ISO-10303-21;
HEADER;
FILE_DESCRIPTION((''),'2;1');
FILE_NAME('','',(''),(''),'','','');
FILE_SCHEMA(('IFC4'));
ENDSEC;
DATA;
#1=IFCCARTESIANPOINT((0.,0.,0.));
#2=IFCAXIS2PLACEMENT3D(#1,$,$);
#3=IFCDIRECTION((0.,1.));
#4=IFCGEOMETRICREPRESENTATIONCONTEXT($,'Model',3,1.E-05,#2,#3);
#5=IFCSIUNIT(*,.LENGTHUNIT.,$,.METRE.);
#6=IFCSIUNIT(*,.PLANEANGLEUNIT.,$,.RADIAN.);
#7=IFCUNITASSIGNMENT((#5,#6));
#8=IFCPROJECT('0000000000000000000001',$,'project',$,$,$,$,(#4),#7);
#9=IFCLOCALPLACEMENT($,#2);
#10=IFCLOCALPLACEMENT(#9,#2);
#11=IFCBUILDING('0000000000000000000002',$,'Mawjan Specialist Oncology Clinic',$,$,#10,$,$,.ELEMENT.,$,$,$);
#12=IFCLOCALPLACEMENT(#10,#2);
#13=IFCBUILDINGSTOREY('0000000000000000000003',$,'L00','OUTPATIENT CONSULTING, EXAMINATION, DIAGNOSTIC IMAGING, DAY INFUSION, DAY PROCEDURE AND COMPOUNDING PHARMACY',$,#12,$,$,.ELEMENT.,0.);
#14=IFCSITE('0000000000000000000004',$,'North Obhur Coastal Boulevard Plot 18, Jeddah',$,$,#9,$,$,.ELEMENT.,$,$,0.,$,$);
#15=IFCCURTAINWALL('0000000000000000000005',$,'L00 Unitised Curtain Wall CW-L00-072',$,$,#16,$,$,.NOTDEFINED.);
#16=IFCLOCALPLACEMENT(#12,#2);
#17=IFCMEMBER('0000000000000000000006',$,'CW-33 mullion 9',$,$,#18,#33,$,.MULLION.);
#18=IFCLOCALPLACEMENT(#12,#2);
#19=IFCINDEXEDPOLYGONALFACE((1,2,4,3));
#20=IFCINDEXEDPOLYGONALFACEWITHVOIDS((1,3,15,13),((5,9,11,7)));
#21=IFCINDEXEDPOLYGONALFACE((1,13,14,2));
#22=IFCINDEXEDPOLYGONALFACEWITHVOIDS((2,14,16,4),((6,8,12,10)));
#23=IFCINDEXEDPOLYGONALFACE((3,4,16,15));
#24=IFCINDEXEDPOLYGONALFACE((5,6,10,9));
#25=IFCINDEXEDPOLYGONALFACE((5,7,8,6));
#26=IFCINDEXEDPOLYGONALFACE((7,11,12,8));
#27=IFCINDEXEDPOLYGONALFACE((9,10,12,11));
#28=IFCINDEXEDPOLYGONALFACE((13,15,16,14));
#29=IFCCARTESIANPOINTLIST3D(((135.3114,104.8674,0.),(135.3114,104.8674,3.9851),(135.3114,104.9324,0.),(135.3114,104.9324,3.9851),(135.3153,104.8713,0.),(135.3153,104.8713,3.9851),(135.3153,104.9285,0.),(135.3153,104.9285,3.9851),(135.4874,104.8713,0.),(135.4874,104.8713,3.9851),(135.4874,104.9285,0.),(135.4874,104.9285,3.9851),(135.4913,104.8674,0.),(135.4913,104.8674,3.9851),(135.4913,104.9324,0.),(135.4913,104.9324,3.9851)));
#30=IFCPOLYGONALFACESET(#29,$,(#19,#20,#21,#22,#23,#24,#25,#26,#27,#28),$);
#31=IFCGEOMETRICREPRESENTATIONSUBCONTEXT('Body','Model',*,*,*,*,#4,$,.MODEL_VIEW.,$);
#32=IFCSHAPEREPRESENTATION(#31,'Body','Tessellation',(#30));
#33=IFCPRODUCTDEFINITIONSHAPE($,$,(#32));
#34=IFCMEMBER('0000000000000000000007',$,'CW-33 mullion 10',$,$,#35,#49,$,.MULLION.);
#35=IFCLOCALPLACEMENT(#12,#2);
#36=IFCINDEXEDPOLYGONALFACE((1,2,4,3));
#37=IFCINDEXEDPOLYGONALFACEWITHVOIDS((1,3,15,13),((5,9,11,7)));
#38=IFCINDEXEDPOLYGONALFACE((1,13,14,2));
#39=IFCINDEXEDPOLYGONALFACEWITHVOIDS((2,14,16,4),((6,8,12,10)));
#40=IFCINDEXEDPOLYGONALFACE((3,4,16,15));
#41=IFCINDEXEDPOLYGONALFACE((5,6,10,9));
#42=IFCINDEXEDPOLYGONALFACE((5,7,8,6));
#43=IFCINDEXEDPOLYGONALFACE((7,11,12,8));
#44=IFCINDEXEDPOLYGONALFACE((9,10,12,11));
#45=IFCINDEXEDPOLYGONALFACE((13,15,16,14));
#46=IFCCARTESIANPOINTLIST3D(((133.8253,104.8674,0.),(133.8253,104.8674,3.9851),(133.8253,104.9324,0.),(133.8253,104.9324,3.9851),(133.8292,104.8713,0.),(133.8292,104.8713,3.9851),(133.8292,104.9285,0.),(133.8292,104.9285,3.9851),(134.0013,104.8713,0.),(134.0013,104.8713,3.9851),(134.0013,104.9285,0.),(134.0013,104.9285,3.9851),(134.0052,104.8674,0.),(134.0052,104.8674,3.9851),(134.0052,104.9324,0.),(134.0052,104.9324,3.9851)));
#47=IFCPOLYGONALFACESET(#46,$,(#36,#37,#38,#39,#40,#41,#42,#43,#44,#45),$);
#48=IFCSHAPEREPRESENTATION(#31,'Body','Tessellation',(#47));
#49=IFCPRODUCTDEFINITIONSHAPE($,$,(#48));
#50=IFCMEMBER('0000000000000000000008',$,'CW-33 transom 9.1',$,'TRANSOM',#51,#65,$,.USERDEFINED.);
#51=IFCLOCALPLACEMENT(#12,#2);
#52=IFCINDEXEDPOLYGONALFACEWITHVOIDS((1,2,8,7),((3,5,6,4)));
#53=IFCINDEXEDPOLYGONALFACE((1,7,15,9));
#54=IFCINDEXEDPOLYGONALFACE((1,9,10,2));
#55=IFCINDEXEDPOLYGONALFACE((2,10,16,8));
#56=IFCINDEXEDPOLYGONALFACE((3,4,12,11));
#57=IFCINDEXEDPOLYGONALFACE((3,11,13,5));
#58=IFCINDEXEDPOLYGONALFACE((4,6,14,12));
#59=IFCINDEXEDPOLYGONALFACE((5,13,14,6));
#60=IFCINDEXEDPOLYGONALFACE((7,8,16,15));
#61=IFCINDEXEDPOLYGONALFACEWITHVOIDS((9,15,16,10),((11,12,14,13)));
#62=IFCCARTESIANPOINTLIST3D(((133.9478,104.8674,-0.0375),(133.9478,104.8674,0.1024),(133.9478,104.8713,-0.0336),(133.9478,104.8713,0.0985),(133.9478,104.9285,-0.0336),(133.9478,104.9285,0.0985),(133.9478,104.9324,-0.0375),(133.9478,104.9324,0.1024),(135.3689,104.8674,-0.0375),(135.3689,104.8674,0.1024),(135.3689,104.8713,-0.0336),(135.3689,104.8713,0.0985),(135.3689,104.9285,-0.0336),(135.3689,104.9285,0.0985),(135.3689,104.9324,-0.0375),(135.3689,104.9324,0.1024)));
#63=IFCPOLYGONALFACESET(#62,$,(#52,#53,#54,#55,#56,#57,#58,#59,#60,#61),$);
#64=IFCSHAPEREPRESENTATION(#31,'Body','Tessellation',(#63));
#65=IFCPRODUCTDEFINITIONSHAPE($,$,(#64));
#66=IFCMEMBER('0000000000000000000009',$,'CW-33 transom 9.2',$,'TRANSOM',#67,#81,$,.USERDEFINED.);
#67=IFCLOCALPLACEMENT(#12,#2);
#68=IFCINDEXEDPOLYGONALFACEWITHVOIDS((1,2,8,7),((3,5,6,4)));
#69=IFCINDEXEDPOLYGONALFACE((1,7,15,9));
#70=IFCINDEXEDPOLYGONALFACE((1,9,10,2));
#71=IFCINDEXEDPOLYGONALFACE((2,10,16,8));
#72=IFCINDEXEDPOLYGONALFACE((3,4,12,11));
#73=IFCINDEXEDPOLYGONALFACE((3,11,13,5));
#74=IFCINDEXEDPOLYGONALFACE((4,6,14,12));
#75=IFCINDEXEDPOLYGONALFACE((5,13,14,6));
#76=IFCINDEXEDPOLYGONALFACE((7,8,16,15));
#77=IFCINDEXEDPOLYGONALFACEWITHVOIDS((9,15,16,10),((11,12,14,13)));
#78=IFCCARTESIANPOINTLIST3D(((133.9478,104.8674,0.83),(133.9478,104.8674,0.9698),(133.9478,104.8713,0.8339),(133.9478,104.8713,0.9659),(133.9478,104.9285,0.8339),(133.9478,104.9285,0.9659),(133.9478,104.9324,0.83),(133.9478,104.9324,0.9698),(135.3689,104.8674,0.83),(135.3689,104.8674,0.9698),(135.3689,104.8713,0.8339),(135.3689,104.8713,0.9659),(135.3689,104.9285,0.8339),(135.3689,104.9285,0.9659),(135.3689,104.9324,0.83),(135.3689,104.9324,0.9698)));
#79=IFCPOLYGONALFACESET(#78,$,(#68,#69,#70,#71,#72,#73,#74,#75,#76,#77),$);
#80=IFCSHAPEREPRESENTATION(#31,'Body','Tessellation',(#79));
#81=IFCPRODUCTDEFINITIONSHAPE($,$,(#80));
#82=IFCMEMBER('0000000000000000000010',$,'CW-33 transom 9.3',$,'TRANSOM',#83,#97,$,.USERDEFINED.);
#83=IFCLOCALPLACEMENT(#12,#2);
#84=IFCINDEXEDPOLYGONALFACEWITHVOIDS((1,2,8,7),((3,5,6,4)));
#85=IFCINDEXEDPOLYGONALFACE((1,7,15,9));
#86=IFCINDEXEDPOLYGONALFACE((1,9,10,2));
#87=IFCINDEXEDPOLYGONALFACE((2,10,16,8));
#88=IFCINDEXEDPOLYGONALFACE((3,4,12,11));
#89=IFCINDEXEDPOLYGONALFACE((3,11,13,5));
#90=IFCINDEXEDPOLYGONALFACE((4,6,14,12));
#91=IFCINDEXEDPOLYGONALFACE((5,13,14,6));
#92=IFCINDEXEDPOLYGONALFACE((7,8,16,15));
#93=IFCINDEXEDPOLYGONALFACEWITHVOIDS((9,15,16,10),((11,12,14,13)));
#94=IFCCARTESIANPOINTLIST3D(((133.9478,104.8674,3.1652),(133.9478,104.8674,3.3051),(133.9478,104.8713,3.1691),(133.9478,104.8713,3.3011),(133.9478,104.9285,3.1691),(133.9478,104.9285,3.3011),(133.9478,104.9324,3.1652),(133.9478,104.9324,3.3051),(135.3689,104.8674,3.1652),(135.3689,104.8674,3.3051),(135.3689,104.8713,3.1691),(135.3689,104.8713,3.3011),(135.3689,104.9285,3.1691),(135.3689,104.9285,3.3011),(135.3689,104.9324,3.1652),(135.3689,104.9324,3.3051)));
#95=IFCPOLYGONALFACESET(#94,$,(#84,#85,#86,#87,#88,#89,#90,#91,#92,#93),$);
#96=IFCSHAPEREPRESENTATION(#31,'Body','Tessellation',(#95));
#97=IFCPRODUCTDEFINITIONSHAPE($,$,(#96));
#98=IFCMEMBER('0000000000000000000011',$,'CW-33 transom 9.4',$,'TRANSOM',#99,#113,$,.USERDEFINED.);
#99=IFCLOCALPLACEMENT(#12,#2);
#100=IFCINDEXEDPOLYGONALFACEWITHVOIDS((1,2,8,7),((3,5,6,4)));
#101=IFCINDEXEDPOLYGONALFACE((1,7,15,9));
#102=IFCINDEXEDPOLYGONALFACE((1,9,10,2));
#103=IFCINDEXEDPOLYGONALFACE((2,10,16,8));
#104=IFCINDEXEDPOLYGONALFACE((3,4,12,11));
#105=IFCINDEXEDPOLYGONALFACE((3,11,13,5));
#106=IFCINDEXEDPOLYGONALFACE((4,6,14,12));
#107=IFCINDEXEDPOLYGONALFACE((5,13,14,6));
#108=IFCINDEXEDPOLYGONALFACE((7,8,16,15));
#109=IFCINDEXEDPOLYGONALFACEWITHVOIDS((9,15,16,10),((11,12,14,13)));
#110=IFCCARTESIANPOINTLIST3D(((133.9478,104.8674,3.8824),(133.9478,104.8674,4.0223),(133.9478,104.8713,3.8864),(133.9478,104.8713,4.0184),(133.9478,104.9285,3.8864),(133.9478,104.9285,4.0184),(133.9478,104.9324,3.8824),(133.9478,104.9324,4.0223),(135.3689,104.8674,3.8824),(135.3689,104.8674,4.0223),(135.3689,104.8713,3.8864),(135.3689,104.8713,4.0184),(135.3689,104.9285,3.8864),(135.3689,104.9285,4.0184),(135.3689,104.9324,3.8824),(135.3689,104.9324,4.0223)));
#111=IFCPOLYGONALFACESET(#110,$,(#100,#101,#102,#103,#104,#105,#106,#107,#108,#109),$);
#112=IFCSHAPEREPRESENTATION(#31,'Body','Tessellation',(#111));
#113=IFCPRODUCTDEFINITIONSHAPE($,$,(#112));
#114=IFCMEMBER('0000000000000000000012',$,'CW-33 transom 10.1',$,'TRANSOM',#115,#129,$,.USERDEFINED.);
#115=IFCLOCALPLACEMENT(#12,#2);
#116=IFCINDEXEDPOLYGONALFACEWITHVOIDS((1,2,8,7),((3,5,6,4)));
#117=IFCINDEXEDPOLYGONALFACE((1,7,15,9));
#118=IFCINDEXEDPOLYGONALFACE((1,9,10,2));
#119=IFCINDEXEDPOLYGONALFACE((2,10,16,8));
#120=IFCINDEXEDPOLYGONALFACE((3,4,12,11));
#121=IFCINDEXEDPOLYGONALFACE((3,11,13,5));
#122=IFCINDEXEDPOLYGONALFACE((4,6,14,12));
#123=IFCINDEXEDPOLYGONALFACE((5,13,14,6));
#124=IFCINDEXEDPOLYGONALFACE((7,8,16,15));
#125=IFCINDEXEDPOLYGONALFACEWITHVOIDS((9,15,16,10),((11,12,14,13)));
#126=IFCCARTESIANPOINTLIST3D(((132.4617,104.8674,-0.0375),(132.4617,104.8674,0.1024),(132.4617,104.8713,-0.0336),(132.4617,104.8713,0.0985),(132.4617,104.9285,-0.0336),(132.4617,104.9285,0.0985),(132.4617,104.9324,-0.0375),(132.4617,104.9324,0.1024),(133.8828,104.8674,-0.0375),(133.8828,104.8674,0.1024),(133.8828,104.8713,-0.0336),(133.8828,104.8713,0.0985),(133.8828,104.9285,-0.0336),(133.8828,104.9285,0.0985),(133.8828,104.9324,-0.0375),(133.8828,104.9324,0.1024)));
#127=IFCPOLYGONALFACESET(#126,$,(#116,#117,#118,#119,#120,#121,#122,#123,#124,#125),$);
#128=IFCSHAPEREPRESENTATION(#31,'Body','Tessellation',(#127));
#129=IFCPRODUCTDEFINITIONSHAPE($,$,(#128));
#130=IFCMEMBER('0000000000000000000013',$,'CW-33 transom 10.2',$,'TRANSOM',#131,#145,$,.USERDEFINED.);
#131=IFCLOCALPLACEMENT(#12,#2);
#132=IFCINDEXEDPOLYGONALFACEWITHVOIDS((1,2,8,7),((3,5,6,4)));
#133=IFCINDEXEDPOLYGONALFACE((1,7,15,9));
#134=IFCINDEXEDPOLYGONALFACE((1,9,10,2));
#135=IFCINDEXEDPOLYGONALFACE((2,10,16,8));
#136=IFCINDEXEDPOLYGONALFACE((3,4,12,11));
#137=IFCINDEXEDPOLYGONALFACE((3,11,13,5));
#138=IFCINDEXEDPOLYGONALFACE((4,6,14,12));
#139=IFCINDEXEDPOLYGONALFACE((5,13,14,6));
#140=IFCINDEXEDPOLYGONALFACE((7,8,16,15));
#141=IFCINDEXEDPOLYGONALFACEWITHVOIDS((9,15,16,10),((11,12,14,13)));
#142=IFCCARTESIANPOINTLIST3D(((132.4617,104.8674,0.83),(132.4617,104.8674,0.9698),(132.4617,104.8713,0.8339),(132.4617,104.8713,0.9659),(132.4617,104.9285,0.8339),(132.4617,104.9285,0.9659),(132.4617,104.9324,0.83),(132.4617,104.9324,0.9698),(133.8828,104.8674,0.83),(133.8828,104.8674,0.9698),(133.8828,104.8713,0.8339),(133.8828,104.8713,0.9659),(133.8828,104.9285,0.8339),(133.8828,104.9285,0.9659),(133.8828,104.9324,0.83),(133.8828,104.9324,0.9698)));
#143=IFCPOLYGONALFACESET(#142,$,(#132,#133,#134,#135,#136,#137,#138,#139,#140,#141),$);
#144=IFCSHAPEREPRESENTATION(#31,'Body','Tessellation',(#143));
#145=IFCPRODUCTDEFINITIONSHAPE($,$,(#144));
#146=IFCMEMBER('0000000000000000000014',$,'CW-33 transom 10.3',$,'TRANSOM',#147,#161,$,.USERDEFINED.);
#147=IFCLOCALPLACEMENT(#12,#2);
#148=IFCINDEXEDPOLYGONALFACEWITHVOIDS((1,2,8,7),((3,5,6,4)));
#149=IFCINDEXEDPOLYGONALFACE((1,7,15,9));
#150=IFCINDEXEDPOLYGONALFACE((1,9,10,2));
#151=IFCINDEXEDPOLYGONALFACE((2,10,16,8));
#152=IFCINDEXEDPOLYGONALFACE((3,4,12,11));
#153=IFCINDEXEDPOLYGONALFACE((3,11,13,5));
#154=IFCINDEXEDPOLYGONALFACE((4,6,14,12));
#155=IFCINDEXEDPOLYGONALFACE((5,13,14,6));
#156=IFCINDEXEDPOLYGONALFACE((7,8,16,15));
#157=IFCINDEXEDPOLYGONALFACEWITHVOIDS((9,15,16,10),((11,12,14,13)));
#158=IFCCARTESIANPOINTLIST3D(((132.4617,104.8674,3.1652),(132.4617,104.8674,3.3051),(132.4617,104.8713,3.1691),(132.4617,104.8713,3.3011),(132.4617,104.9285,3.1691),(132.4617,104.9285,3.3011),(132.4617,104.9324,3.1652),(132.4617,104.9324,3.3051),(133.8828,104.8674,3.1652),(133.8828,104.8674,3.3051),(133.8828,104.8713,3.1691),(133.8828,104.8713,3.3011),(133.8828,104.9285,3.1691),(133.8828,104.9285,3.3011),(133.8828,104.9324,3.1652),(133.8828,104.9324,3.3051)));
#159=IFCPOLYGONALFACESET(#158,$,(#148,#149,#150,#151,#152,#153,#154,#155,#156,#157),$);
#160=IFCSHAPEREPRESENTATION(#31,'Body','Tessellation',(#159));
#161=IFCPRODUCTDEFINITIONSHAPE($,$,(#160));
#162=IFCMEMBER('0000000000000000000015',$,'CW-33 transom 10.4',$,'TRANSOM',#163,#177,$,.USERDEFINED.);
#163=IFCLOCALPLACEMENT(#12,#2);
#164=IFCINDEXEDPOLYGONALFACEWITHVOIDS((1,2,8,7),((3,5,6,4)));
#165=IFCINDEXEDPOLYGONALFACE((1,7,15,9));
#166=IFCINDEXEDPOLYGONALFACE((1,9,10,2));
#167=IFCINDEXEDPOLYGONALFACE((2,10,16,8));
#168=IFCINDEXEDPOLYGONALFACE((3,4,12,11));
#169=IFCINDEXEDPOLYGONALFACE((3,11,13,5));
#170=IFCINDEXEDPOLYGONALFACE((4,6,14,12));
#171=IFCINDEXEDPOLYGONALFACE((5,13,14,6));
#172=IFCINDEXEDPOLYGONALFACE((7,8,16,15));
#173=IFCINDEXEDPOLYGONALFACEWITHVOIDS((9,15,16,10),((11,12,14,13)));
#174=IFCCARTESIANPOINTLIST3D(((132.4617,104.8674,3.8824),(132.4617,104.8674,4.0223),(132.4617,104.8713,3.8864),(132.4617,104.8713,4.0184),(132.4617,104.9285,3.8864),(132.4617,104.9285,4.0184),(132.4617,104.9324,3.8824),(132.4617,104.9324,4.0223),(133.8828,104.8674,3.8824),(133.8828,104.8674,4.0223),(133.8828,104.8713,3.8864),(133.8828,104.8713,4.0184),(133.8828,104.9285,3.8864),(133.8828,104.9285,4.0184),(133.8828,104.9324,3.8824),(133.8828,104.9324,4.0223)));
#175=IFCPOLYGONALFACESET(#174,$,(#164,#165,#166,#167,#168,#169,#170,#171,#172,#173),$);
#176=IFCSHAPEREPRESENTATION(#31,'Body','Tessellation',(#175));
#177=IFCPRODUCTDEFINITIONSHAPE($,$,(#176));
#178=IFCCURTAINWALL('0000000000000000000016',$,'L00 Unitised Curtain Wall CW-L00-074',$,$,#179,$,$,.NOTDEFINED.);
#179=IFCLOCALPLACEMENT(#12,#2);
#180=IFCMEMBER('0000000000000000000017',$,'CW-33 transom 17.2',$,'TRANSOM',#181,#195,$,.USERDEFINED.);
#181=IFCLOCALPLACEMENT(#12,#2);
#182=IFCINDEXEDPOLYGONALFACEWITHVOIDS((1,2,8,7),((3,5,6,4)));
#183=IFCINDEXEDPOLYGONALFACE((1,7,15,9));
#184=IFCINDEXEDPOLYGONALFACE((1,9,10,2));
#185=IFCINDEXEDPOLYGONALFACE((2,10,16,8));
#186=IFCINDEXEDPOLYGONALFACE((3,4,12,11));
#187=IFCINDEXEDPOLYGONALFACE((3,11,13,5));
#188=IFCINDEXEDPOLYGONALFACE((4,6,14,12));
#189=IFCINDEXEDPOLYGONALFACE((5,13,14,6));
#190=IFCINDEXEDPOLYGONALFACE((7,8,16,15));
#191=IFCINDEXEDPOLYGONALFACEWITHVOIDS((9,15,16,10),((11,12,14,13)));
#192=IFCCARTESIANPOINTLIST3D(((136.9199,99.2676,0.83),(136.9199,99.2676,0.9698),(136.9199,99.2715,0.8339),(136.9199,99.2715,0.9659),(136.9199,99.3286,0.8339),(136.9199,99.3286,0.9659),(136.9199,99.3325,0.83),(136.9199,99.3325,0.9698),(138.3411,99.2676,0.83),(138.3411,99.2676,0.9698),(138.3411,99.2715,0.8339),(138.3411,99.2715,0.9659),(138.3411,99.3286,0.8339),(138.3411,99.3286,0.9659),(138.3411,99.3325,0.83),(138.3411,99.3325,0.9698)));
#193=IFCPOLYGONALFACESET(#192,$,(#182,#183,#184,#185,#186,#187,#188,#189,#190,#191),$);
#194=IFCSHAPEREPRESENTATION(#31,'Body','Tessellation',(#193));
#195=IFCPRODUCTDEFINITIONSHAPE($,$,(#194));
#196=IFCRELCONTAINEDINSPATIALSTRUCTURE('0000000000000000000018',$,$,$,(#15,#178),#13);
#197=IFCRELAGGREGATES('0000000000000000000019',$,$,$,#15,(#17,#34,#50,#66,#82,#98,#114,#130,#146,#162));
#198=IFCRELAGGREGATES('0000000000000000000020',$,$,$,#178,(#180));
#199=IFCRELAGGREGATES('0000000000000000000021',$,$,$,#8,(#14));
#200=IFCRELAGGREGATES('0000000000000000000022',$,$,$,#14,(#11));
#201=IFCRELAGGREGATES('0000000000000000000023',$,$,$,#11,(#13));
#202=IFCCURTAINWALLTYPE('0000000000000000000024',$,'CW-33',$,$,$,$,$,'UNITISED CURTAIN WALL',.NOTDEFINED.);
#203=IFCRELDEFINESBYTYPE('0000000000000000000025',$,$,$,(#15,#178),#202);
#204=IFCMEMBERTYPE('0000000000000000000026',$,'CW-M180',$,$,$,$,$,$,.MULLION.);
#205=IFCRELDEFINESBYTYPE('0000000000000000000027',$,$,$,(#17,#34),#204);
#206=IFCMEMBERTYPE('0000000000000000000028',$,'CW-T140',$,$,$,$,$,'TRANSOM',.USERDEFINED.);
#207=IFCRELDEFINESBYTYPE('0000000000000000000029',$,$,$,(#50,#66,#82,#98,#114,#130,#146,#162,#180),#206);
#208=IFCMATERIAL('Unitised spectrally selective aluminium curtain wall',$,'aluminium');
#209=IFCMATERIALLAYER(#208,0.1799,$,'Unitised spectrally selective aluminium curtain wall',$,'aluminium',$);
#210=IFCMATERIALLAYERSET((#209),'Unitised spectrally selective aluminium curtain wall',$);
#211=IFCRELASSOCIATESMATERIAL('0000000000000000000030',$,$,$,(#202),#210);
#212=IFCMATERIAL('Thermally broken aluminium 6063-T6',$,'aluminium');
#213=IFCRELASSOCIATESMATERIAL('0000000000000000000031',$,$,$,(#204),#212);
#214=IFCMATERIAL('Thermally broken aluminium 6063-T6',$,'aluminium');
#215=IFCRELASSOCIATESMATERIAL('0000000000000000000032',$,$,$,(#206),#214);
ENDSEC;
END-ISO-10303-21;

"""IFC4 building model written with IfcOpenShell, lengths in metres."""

from ifc_helpers import new_model, si_unit, direction, frame, origin, origin_2d, place, context, subcontext, project, spatial, hollow_rectangle, extrude, material, layer, layer_set, material_profile, profile_set, type_object, element, aggregate, save


model = new_model("IFC4")

# Units and contexts
model_context = context("Model", 3, precision=1e-05, world=origin(), true_north=direction((0.0, 1.0)))
body_context = subcontext(model_context, "Body", "Model", "MODEL_VIEW")
ifc_project = project(units=[si_unit("LENGTHUNIT", "METRE"), si_unit("PLANEANGLEUNIT", "RADIAN")], contexts=[model_context])

# Site, building, storey
site_placement = place(None, origin())
site = spatial("IfcSite", under=ifc_project, at=site_placement, Name="North Obhur Coastal Boulevard Plot 18, Jeddah", CompositionType="ELEMENT", RefElevation=0.0)
building_placement = place(site_placement, origin())
building = spatial("IfcBuilding", under=site, at=building_placement, Name="Mawjan Specialist Oncology Clinic", CompositionType="ELEMENT")
storey_placement = place(building_placement, origin())
storey = spatial("IfcBuildingStorey", under=building, at=storey_placement, Name="L00", Description="OUTPATIENT CONSULTING, EXAMINATION, DIAGNOSTIC IMAGING, DAY INFUSION, DAY PROCEDURE AND COMPOUNDING PHARMACY", CompositionType="ELEMENT", Elevation=0.0)

# Curtain walls, members
ifc_material_1 = material(Name="Unitised spectrally selective aluminium curtain wall", Category="aluminium")
ifc_layer_1 = layer(ifc_material_1, 0.1799, Name="Unitised spectrally selective aluminium curtain wall", Category="aluminium")
ifc_layer_set_1 = layer_set([ifc_layer_1], Name="Unitised spectrally selective aluminium curtain wall")
curtain_wall_type = type_object("IfcCurtainWallType", Name="CW-33", ElementType="UNITISED CURTAIN WALL", PredefinedType="NOTDEFINED", material=ifc_layer_set_1)
curtain_wall_1_placement = place(storey_placement, origin())
curtain_wall_1 = element("IfcCurtainWall", 1, at=curtain_wall_1_placement, inside=storey, type_object=curtain_wall_type, Name="L00 Unitised Curtain Wall CW-L00-072", PredefinedType="NOTDEFINED")
ifc_material_2 = material(Name="Thermally broken aluminium 6063-T6", Category="aluminium")
ifc_material_profile_1 = material_profile(ifc_material_2, hollow_rectangle(XDim=0.0649, YDim=0.1799, WallThickness=0.0039, at=origin_2d()), Name="ALU MULLION 180x65x4", Category="aluminium")
ifc_profile_set_1 = profile_set([ifc_material_profile_1], Name="Thermally broken aluminium 6063-T6")
member_type_1 = type_object("IfcMemberType", Name="CW-M180", PredefinedType="MULLION", material=ifc_profile_set_1)
member_1_placement = place(storey_placement, frame((135.4014, 104.8999, 0.0), z_axis=(0.0, 0.0, 1.0), x_axis=(0.0, -1.0, 0.0)))
member_1 = element("IfcMember", 2, at=member_1_placement, type_object=member_type_1, Name="CW-33 mullion 9", PredefinedType="MULLION", context=body_context, shape_type="SweptSolid", body=[
    extrude(hollow_rectangle(XDim=0.0649, YDim=0.1799, WallThickness=0.0039, at=origin_2d()), origin(), (0.0, 0.0, 1.0), 3.9851),
])
member_2_placement = place(storey_placement, frame((133.9153, 104.8999, 0.0), z_axis=(0.0, 0.0, 1.0), x_axis=(0.0, -1.0, 0.0)))
member_2 = element("IfcMember", 3, at=member_2_placement, type_object=member_type_1, Name="CW-33 mullion 10", PredefinedType="MULLION", context=body_context, shape_type="SweptSolid", body=[
    extrude(hollow_rectangle(XDim=0.0649, YDim=0.1799, WallThickness=0.0039, at=origin_2d()), origin(), (0.0, 0.0, 1.0), 3.9851),
])
ifc_material_3 = material(Name="Thermally broken aluminium 6063-T6", Category="aluminium")
ifc_material_profile_2 = material_profile(ifc_material_3, hollow_rectangle(XDim=0.0649, YDim=0.1399, WallThickness=0.0039, at=origin_2d()), Name="ALU TRANSOM 140x65x4", Category="aluminium")
ifc_profile_set_2 = profile_set([ifc_material_profile_2], Name="Thermally broken aluminium 6063-T6")
member_type_2 = type_object("IfcMemberType", Name="CW-T140", ElementType="TRANSOM", PredefinedType="USERDEFINED", material=ifc_profile_set_2)
member_3_placement = place(storey_placement, frame((135.3689, 104.8999, 0.0325), z_axis=(-1.0, 0.0, 0.0), x_axis=(0.0, -1.0, 0.0)))
member_3 = element("IfcMember", 4, at=member_3_placement, type_object=member_type_2, Name="CW-33 transom 9.1", ObjectType="TRANSOM", PredefinedType="USERDEFINED", context=body_context, shape_type="SweptSolid", body=[
    extrude(hollow_rectangle(XDim=0.0649, YDim=0.1399, WallThickness=0.0039, at=origin_2d()), origin(), (0.0, 0.0, 1.0), 1.4211),
])
member_4_placement = place(storey_placement, frame((135.3689, 104.8999, 0.8999), z_axis=(-1.0, 0.0, 0.0), x_axis=(0.0, -1.0, 0.0)))
member_4 = element("IfcMember", 5, at=member_4_placement, type_object=member_type_2, Name="CW-33 transom 9.2", ObjectType="TRANSOM", PredefinedType="USERDEFINED", context=body_context, shape_type="SweptSolid", body=[
    extrude(hollow_rectangle(XDim=0.0649, YDim=0.1399, WallThickness=0.0039, at=origin_2d()), origin(), (0.0, 0.0, 1.0), 1.4211),
])
member_5_placement = place(storey_placement, frame((135.3689, 104.8999, 3.2351), z_axis=(-1.0, 0.0, 0.0), x_axis=(0.0, -1.0, 0.0)))
member_5 = element("IfcMember", 6, at=member_5_placement, type_object=member_type_2, Name="CW-33 transom 9.3", ObjectType="TRANSOM", PredefinedType="USERDEFINED", context=body_context, shape_type="SweptSolid", body=[
    extrude(hollow_rectangle(XDim=0.0649, YDim=0.1399, WallThickness=0.0039, at=origin_2d()), origin(), (0.0, 0.0, 1.0), 1.4211),
])
member_6_placement = place(storey_placement, frame((135.3689, 104.8999, 3.9524), z_axis=(-1.0, 0.0, 0.0), x_axis=(0.0, -1.0, 0.0)))
member_6 = element("IfcMember", 7, at=member_6_placement, type_object=member_type_2, Name="CW-33 transom 9.4", ObjectType="TRANSOM", PredefinedType="USERDEFINED", context=body_context, shape_type="SweptSolid", body=[
    extrude(hollow_rectangle(XDim=0.0649, YDim=0.1399, WallThickness=0.0039, at=origin_2d()), origin(), (0.0, 0.0, 1.0), 1.4211),
])
member_7_placement = place(storey_placement, frame((133.8828, 104.8999, 0.0325), z_axis=(-1.0, 0.0, 0.0), x_axis=(0.0, -1.0, 0.0)))
member_7 = element("IfcMember", 8, at=member_7_placement, type_object=member_type_2, Name="CW-33 transom 10.1", ObjectType="TRANSOM", PredefinedType="USERDEFINED", context=body_context, shape_type="SweptSolid", body=[
    extrude(hollow_rectangle(XDim=0.0649, YDim=0.1399, WallThickness=0.0039, at=origin_2d()), origin(), (0.0, 0.0, 1.0), 1.4211),
])
member_8_placement = place(storey_placement, frame((133.8828, 104.8999, 0.8999), z_axis=(-1.0, 0.0, 0.0), x_axis=(0.0, -1.0, 0.0)))
member_8 = element("IfcMember", 9, at=member_8_placement, type_object=member_type_2, Name="CW-33 transom 10.2", ObjectType="TRANSOM", PredefinedType="USERDEFINED", context=body_context, shape_type="SweptSolid", body=[
    extrude(hollow_rectangle(XDim=0.0649, YDim=0.1399, WallThickness=0.0039, at=origin_2d()), origin(), (0.0, 0.0, 1.0), 1.4211),
])
member_9_placement = place(storey_placement, frame((133.8828, 104.8999, 3.2351), z_axis=(-1.0, 0.0, 0.0), x_axis=(0.0, -1.0, 0.0)))
member_9 = element("IfcMember", 10, at=member_9_placement, type_object=member_type_2, Name="CW-33 transom 10.3", ObjectType="TRANSOM", PredefinedType="USERDEFINED", context=body_context, shape_type="SweptSolid", body=[
    extrude(hollow_rectangle(XDim=0.0649, YDim=0.1399, WallThickness=0.0039, at=origin_2d()), origin(), (0.0, 0.0, 1.0), 1.4211),
])
member_10_placement = place(storey_placement, frame((133.8828, 104.8999, 3.9524), z_axis=(-1.0, 0.0, 0.0), x_axis=(0.0, -1.0, 0.0)))
member_10 = element("IfcMember", 11, at=member_10_placement, type_object=member_type_2, Name="CW-33 transom 10.4", ObjectType="TRANSOM", PredefinedType="USERDEFINED", context=body_context, shape_type="SweptSolid", body=[
    extrude(hollow_rectangle(XDim=0.0649, YDim=0.1399, WallThickness=0.0039, at=origin_2d()), origin(), (0.0, 0.0, 1.0), 1.4211),
])
curtain_wall_2_placement = place(storey_placement, origin())
curtain_wall_2 = element("IfcCurtainWall", 12, at=curtain_wall_2_placement, inside=storey, type_object=curtain_wall_type, Name="L00 Unitised Curtain Wall CW-L00-074", PredefinedType="NOTDEFINED")
member_11_placement = place(storey_placement, frame((136.9199, 99.3, 0.8999), z_axis=(1.0, 0.0, 0.0), x_axis=(0.0, 1.0, 0.0)))
member_11 = element("IfcMember", 13, at=member_11_placement, type_object=member_type_2, Name="CW-33 transom 17.2", ObjectType="TRANSOM", PredefinedType="USERDEFINED", context=body_context, shape_type="SweptSolid", body=[
    extrude(hollow_rectangle(XDim=0.0649, YDim=0.1399, WallThickness=0.0039, at=origin_2d()), origin(), (0.0, 0.0, 1.0), 1.4211),
])

aggregate(curtain_wall_1, [member_1, member_2, member_3, member_4, member_5, member_6, member_7, member_8, member_9, member_10])
aggregate(curtain_wall_2, [member_11])

save(model, "model.ifc")
